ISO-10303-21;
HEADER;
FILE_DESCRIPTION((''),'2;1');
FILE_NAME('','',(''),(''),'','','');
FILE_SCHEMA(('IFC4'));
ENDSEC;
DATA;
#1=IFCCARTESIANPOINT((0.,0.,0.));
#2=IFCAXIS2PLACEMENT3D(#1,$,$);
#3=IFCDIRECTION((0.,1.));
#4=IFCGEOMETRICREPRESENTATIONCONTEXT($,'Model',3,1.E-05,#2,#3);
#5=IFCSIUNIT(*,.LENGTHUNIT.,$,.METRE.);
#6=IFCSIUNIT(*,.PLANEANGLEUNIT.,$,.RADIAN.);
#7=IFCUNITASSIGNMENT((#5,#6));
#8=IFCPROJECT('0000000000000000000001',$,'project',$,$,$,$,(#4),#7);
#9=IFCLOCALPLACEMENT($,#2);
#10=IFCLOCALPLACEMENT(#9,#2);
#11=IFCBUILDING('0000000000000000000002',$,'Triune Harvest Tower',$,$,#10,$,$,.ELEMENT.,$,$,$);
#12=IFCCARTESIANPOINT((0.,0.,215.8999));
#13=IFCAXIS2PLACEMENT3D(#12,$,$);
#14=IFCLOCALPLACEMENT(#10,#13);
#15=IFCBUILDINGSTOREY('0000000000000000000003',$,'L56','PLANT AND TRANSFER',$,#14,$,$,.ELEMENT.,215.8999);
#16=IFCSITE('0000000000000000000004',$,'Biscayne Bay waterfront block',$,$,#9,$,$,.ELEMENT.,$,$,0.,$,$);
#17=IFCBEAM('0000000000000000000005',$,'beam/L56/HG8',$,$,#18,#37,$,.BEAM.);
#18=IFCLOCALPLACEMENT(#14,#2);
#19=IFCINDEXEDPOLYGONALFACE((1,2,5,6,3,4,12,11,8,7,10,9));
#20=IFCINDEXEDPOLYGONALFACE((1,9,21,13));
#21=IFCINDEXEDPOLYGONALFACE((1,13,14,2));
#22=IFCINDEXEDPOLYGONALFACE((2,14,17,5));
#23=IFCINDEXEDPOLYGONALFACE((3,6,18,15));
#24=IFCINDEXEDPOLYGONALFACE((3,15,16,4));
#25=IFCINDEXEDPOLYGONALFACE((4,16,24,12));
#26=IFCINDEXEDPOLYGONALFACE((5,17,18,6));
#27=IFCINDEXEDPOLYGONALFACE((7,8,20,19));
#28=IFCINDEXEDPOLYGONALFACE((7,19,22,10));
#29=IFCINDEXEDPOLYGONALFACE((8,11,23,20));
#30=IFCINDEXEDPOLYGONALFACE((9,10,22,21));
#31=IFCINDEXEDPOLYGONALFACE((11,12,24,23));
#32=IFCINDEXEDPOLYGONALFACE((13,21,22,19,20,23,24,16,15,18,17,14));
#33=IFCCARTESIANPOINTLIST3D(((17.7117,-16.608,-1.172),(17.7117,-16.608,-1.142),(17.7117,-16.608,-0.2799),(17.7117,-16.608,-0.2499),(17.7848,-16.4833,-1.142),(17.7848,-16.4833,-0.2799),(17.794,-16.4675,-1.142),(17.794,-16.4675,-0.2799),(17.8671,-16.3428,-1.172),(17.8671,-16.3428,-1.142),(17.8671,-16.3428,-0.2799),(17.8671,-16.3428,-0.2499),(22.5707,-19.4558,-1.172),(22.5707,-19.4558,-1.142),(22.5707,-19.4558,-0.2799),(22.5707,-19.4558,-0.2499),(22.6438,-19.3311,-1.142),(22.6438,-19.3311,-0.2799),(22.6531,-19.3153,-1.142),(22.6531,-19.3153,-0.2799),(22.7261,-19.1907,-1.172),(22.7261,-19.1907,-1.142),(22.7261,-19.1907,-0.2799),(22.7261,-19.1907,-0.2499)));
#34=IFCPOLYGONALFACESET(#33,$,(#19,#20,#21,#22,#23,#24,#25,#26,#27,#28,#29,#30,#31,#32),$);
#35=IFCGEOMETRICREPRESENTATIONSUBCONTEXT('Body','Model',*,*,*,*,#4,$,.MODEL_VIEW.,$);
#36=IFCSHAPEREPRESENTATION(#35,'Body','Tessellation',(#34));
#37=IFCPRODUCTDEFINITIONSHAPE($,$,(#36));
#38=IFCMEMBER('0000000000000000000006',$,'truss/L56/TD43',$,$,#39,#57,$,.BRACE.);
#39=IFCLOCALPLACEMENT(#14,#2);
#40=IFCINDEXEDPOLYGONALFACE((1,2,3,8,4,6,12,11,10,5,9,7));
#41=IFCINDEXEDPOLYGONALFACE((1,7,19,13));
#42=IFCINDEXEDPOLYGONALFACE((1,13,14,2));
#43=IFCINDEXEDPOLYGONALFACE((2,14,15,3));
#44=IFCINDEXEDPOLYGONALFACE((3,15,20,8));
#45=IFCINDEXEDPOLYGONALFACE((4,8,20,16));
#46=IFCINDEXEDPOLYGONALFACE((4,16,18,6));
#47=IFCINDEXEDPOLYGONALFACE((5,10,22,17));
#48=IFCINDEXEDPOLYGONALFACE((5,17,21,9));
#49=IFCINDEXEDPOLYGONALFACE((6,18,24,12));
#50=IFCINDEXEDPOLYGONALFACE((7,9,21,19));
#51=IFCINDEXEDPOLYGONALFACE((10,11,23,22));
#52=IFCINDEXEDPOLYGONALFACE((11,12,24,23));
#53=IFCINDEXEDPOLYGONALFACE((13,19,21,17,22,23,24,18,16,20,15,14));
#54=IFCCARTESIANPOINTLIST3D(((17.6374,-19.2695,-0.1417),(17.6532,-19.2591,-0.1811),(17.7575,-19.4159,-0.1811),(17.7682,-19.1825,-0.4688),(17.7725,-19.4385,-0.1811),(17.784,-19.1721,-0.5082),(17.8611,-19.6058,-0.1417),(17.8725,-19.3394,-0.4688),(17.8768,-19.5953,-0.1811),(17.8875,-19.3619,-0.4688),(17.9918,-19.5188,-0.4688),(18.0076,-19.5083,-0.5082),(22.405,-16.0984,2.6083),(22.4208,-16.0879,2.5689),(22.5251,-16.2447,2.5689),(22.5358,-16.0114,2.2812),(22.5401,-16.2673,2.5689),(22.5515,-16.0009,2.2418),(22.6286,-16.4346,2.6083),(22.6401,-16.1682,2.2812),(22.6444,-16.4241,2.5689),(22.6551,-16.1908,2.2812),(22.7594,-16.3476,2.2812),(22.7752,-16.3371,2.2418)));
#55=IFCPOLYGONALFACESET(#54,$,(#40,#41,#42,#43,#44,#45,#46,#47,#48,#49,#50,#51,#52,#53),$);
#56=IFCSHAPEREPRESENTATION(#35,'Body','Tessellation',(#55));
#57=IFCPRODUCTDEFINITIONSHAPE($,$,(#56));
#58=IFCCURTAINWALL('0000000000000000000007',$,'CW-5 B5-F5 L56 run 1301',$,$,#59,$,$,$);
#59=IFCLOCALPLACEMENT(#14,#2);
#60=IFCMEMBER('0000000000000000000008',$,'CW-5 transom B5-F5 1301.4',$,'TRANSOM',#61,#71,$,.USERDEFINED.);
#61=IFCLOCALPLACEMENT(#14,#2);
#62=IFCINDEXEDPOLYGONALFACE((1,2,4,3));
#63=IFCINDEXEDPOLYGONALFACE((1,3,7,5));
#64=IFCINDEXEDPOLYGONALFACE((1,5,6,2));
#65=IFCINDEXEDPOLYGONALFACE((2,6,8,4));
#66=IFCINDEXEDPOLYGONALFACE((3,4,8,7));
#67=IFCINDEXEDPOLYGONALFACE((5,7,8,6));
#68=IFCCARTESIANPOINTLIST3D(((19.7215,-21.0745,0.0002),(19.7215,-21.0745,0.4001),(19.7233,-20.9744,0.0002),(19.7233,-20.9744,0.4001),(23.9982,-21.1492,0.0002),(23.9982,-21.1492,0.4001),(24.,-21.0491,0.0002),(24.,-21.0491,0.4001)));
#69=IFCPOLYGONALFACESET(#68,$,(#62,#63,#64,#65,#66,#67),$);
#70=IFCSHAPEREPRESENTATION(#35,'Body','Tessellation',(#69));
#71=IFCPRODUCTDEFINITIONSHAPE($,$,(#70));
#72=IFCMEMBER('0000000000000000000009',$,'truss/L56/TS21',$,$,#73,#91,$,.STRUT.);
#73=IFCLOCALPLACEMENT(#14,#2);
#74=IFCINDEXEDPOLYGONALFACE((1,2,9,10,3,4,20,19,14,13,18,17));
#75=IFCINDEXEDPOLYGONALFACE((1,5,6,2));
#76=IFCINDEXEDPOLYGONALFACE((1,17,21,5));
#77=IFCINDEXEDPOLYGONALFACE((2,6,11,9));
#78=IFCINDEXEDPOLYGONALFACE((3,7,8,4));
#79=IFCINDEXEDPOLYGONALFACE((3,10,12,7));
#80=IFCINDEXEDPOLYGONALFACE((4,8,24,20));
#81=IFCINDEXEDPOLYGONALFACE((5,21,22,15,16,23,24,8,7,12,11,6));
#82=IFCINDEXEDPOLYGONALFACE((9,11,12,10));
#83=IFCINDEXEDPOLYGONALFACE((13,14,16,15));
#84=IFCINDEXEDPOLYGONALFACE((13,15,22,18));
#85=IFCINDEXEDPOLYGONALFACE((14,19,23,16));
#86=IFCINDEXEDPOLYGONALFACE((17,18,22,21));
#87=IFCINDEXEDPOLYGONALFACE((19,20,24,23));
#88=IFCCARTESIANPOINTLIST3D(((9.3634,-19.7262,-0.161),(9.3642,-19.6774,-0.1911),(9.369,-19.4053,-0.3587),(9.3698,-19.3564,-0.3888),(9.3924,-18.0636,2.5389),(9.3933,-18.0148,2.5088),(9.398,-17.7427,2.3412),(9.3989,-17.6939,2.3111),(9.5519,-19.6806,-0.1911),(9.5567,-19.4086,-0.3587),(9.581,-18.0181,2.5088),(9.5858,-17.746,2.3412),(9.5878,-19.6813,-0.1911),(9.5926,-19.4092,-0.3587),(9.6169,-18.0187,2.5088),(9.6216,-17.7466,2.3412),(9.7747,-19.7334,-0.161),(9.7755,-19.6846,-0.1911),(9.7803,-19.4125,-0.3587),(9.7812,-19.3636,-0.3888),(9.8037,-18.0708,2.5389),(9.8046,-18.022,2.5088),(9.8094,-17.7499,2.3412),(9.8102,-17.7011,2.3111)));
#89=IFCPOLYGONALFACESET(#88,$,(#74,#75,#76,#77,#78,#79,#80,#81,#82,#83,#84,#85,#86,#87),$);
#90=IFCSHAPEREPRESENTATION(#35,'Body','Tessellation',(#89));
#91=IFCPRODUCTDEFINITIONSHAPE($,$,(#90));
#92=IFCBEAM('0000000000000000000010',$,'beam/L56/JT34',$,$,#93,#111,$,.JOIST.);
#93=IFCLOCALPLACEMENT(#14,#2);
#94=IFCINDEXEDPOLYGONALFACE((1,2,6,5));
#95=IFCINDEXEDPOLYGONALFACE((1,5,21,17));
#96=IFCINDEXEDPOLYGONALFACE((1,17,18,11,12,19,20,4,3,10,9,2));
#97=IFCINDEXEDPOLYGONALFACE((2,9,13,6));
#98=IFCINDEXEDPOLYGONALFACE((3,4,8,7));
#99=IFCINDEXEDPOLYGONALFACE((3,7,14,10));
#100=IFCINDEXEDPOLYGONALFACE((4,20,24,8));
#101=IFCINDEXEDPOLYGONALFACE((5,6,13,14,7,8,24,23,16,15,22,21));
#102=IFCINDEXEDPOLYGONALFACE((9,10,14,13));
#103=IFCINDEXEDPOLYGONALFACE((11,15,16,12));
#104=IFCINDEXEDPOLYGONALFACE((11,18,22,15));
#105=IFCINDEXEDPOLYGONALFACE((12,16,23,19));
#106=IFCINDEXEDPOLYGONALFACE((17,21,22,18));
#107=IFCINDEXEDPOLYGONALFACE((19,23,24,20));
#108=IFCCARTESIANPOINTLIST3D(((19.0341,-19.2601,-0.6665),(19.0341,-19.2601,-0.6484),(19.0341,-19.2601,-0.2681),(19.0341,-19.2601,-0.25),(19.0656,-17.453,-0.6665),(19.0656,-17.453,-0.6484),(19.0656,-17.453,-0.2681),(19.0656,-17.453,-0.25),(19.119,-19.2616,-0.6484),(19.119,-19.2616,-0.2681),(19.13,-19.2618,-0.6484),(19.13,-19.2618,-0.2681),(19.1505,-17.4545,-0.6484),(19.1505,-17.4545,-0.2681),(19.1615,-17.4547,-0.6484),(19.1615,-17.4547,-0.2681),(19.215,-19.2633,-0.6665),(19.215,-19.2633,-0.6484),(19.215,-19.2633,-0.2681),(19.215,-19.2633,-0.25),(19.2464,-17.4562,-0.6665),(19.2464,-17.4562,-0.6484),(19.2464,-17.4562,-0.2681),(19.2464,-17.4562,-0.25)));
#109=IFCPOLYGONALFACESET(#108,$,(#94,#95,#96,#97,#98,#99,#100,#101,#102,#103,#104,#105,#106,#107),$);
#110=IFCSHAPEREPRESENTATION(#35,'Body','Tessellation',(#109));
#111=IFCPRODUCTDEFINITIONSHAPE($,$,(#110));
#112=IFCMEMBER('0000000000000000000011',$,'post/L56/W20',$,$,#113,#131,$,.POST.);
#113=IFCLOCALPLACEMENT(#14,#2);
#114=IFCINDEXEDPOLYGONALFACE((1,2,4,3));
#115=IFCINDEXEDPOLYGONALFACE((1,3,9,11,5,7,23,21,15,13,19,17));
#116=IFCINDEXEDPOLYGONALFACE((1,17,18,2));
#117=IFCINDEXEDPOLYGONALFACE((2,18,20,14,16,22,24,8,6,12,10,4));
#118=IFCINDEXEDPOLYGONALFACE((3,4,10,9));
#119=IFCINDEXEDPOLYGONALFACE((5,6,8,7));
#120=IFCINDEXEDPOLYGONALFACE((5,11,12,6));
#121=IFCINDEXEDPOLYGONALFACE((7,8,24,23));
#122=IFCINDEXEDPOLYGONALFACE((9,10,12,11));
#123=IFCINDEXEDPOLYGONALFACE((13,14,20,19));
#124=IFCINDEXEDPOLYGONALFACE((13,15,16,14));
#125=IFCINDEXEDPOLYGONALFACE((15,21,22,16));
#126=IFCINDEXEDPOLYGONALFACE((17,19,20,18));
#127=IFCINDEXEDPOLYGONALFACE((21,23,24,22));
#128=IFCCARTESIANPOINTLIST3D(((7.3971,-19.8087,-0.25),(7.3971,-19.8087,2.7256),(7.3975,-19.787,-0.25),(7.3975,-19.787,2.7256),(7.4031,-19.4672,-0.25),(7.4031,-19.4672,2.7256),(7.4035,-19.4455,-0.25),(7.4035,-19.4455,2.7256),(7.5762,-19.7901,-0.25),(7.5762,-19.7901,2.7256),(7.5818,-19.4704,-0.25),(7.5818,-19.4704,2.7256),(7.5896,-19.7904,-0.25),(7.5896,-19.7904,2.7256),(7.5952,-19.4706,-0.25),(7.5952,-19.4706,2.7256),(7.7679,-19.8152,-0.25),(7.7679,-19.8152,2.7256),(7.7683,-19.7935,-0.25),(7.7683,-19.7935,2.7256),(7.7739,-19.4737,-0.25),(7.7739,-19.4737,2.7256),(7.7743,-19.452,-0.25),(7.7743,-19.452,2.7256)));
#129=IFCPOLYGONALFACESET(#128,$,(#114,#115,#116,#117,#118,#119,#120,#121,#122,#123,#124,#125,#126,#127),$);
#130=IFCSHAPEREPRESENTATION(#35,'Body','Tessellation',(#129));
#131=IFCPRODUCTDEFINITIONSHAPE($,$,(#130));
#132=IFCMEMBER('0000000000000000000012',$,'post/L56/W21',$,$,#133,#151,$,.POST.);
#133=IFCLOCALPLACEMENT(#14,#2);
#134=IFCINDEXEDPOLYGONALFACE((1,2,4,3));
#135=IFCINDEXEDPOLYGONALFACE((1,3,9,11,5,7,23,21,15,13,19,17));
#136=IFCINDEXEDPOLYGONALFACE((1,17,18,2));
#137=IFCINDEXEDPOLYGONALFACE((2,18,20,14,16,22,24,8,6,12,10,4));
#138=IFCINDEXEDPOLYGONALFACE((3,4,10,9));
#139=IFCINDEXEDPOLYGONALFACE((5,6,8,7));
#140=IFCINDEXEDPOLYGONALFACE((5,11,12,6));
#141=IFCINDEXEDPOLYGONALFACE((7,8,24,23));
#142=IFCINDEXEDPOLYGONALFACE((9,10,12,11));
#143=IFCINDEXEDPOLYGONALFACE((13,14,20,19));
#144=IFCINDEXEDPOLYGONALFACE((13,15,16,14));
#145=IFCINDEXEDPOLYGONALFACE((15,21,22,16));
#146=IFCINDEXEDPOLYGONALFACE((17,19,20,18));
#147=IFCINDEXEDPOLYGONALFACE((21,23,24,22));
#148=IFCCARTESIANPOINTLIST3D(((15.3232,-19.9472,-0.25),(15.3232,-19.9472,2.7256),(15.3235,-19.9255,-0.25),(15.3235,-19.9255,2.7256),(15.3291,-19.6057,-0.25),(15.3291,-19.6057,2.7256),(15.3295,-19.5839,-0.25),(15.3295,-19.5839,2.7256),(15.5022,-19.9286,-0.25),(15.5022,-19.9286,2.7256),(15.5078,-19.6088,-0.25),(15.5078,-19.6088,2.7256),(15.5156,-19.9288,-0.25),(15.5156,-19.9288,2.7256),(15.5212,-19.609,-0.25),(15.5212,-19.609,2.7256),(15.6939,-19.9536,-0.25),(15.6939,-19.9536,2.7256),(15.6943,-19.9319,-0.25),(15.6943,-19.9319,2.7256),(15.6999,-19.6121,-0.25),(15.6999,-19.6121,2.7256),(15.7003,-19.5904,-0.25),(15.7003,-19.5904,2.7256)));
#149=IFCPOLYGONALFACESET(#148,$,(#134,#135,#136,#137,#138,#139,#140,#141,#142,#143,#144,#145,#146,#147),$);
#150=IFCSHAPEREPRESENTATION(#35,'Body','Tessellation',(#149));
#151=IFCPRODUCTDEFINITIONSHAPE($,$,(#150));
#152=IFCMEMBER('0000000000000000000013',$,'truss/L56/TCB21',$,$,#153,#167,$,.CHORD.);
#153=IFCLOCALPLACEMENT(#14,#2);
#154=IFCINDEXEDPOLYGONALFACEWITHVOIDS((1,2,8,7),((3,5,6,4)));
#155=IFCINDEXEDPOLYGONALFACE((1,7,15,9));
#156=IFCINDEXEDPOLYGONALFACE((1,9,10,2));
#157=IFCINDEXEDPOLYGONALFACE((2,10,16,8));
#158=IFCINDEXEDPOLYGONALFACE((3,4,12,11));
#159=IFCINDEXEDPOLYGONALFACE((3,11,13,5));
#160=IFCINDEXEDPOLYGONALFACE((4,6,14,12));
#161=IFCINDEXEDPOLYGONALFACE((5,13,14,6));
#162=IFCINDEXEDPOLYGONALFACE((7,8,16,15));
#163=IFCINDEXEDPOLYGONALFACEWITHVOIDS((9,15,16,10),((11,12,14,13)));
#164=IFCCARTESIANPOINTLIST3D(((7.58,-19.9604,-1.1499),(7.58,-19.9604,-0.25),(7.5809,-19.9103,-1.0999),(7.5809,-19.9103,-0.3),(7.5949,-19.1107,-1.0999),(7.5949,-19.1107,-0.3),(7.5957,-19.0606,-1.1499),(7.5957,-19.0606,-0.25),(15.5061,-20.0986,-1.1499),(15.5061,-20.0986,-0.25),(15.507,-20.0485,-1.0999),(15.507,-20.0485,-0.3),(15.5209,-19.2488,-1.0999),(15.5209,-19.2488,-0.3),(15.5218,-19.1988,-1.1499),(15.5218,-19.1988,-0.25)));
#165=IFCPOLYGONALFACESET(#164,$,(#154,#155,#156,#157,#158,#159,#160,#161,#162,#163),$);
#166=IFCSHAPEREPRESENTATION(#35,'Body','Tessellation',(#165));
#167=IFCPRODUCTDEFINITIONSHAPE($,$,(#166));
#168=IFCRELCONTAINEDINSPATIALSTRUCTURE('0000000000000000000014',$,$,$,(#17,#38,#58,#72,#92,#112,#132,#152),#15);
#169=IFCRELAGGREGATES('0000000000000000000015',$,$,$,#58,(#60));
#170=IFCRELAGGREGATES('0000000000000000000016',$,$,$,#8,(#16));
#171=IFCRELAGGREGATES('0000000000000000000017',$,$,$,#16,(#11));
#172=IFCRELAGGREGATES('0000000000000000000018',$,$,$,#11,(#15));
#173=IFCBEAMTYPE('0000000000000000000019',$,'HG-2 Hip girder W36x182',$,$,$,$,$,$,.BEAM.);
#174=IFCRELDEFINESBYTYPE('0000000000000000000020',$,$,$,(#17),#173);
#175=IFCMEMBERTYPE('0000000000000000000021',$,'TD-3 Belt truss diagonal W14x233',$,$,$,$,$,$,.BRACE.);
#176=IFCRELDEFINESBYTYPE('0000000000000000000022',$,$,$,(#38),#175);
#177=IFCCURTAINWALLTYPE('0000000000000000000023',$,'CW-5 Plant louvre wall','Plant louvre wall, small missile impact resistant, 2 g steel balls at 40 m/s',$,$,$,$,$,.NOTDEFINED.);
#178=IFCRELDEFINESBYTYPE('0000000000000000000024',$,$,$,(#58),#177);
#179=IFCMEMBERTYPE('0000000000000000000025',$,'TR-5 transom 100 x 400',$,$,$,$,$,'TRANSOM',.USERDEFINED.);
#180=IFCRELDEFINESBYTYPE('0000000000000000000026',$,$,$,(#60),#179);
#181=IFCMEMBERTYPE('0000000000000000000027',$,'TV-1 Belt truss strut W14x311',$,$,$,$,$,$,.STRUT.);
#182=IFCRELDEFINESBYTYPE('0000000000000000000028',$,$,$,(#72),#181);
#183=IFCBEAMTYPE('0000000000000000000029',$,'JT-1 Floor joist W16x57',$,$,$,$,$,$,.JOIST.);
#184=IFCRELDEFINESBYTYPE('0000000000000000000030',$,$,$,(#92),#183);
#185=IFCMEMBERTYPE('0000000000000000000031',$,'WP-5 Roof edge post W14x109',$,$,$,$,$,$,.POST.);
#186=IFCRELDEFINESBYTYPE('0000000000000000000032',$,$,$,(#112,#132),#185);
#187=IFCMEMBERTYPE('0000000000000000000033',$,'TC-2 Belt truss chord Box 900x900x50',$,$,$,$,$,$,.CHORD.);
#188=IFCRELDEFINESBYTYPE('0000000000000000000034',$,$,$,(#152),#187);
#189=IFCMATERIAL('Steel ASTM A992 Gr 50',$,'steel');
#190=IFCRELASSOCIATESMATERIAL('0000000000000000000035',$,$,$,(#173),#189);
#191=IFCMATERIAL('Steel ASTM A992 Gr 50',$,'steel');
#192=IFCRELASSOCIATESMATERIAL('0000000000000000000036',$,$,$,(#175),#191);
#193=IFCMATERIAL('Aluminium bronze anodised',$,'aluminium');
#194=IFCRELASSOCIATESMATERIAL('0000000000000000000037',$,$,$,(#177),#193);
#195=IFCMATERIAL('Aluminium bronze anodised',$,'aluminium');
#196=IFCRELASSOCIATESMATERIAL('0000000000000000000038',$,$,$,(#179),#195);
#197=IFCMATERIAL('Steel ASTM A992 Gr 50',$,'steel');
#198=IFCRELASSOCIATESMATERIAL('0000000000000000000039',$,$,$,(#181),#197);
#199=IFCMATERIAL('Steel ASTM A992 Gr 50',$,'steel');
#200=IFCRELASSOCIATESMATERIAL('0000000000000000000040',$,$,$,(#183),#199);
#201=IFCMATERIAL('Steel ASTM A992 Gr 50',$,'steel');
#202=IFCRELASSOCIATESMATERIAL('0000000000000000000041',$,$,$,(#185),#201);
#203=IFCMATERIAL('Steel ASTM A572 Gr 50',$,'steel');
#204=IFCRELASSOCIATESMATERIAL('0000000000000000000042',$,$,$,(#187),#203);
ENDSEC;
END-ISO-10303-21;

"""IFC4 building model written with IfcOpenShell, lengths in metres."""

from ifc_helpers import new_model, si_unit, direction, frame, origin, origin_2d, place, context, subcontext, project, spatial, rectangle, hollow_rectangle, i_section, extrude, source, transform, mapped, material, material_profile, profile_set, type_object, element, aggregate, save


model = new_model("IFC4")

# Units and contexts
model_context = context("Model", 3, precision=1e-05, world=origin(), true_north=direction((0.0, 1.0)))
body_context = subcontext(model_context, "Body", "Model", "MODEL_VIEW")
ifc_project = project(units=[si_unit("LENGTHUNIT", "METRE"), si_unit("PLANEANGLEUNIT", "RADIAN")], contexts=[model_context])

# Site, building, storey
site_placement = place(None, origin())
site = spatial("IfcSite", under=ifc_project, at=site_placement, Name="Biscayne Bay waterfront block", CompositionType="ELEMENT", RefElevation=0.0)
building_placement = place(site_placement, origin())
building = spatial("IfcBuilding", under=site, at=building_placement, Name="Triune Harvest Tower", CompositionType="ELEMENT")
storey_placement = place(building_placement, frame((0.0, 0.0, 215.8999)))
storey = spatial("IfcBuildingStorey", under=building, at=storey_placement, Name="L56", Description="PLANT AND TRANSFER", CompositionType="ELEMENT", Elevation=215.8999)

# Beam
ifc_material_1 = material(Name="Steel ASTM A992 Gr 50", Category="steel")
ifc_material_profile_1 = material_profile(ifc_material_1, i_section(OverallWidth=0.3074, OverallDepth=0.9221, WebThickness=0.0183, FlangeThickness=0.03, at=origin_2d()), Name="W36x182")
ifc_profile_set_1 = profile_set([ifc_material_profile_1], Name="Steel ASTM A992 Gr 50")
beam_type_1 = type_object("IfcBeamType", Name="HG-2 Hip girder W36x182", PredefinedType="BEAM", material=ifc_profile_set_1)
beam_1_placement = place(storey_placement, frame((22.6484, -19.3232, -0.7109), z_axis=(-0.862741, 0.505646, 0.0), x_axis=(-0.505646, -0.862741, 0.0)))
element("IfcBeam", 1, at=beam_1_placement, inside=storey, type_object=beam_type_1, Name="beam/L56/HG8", PredefinedType="BEAM", context=body_context, shape_type="SweptSolid", body=[
    extrude(i_section(OverallWidth=0.3074, OverallDepth=0.9221, WebThickness=0.0183, FlangeThickness=0.03, at=origin_2d()), origin(), (0.0, 0.0, 1.0), 5.6321),
])

# Member
ifc_material_2 = material(Name="Steel ASTM A992 Gr 50", Category="steel")
ifc_material_profile_2 = material_profile(ifc_material_2, i_section(OverallWidth=0.4038, OverallDepth=0.4065, WebThickness=0.0271, FlangeThickness=0.0437, at=origin_2d()), Name="W14x233")
ifc_profile_set_2 = profile_set([ifc_material_profile_2], Name="Steel ASTM A992 Gr 50")
member_type_1 = type_object("IfcMemberType", Name="TD-3 Belt truss diagonal W14x233", PredefinedType="BRACE", material=ifc_profile_set_2)
member_1_placement = place(storey_placement, frame((17.8225, -19.3889, -0.325), z_axis=(0.750558, 0.499232, 0.432932), x_axis=(-0.553824, 0.832634, 0.0)))
element("IfcMember", 2, at=member_1_placement, inside=storey, type_object=member_type_1, Name="truss/L56/TD43", PredefinedType="BRACE", context=body_context, shape_type="SweptSolid", body=[
    extrude(i_section(OverallWidth=0.4038, OverallDepth=0.4065, WebThickness=0.0271, FlangeThickness=0.0437, at=origin_2d()), origin(), (0.0, 0.0, 1.0), 6.3521),
])

# Curtain wall, member
ifc_material_3 = material(Name="Aluminium bronze anodised", Category="aluminium")
curtain_wall_type = type_object("IfcCurtainWallType", Name="CW-5 Plant louvre wall", Description="Plant louvre wall, small missile impact resistant, 2 g steel balls at 40 m/s", PredefinedType="NOTDEFINED", material=ifc_material_3)
curtain_wall_placement = place(storey_placement, origin())
curtain_wall = element("IfcCurtainWall", 3, at=curtain_wall_placement, inside=storey, type_object=curtain_wall_type, Name="CW-5 B5-F5 L56 run 1301")
ifc_material_4 = material(Name="Aluminium bronze anodised", Category="aluminium")
ifc_material_profile_3 = material_profile(ifc_material_4, rectangle(XDim=0.1001, YDim=0.3999, at=origin_2d()), Name="TR-5 transom 100 x 400")
ifc_profile_set_3 = profile_set([ifc_material_profile_3], Name="Aluminium bronze anodised")
member_type_2 = type_object("IfcMemberType", Name="TR-5 transom 100 x 400", ElementType="TRANSOM", PredefinedType="USERDEFINED", material=ifc_profile_set_3)
member_2_placement = place(storey_placement, frame((19.7224, -21.0244, 0.2002), z_axis=(0.999847, -0.017466, 0.0), x_axis=(0.017466, 0.999847, 0.0)))
member_2 = element("IfcMember", 4, at=member_2_placement, type_object=member_type_2, Name="CW-5 transom B5-F5 1301.4", ObjectType="TRANSOM", PredefinedType="USERDEFINED", context=body_context, shape_type="SweptSolid", body=[
    extrude(rectangle(XDim=0.1001, YDim=0.3999, at=origin_2d()), origin(), (0.0, 0.0, 1.0), 4.2773),
])

# Member
ifc_material_5 = material(Name="Steel ASTM A992 Gr 50", Category="steel")
ifc_material_profile_4 = material_profile(ifc_material_5, i_section(OverallWidth=0.4114, OverallDepth=0.4343, WebThickness=0.0359, FlangeThickness=0.0574, at=origin_2d()), Name="W14x311")
ifc_profile_set_4 = profile_set([ifc_material_profile_4], Name="Steel ASTM A992 Gr 50")
member_type_3 = type_object("IfcMemberType", Name="TV-1 Belt truss strut W14x311", PredefinedType="STRUT", material=ifc_profile_set_4)
member_3_placement = place(storey_placement, frame((9.5723, -19.5449, -0.2749), z_axis=(0.009162, 0.524325, 0.851469), x_axis=(-0.999847, 0.017472, 0.0)))
element("IfcMember", 5, at=member_3_placement, inside=storey, type_object=member_type_3, Name="truss/L56/TS21", PredefinedType="STRUT", context=body_context, shape_type="SweptSolid", body=[
    extrude(i_section(OverallWidth=0.4114, OverallDepth=0.4343, WebThickness=0.0359, FlangeThickness=0.0574, at=origin_2d()), origin(), (0.0, 0.0, 1.0), 3.1709),
])

# Beam
ifc_material_6 = material(Name="Steel ASTM A992 Gr 50", Category="steel")
ifc_material_profile_5 = material_profile(ifc_material_6, i_section(OverallWidth=0.1809, OverallDepth=0.4165, WebThickness=0.011, FlangeThickness=0.0181, at=origin_2d()), Name="W16x57")
ifc_profile_set_5 = profile_set([ifc_material_profile_5], Name="Steel ASTM A992 Gr 50")
beam_type_2 = type_object("IfcBeamType", Name="JT-1 Floor joist W16x57", PredefinedType="JOIST", material=ifc_profile_set_5)
shared_shape_1 = source(origin(), body_context, "Body", "SweptSolid", [
    extrude(i_section(OverallWidth=0.1809, OverallDepth=0.4165, WebThickness=0.011, FlangeThickness=0.0181, at=origin_2d()), origin(), (0.0, 0.0, 1.0), 1.8074),
])
beam_2_placement = place(storey_placement, frame((19.1245, -19.2617, -0.4583), z_axis=(0.017425, 0.999848, 0.0), x_axis=(-0.999848, 0.017425, 0.0)))
element("IfcBeam", 6, at=beam_2_placement, inside=storey, type_object=beam_type_2, Name="beam/L56/JT34", PredefinedType="JOIST", context=body_context, shape_type="MappedRepresentation", body=[
    mapped(shared_shape_1, transform((0.0, 0.0, 0.0), scale=1.0)),
])

# Members
ifc_material_7 = material(Name="Steel ASTM A992 Gr 50", Category="steel")
ifc_material_profile_6 = material_profile(ifc_material_7, i_section(OverallWidth=0.3708, OverallDepth=0.3633, WebThickness=0.0134, FlangeThickness=0.0217, at=origin_2d()), Name="W14x109")
ifc_profile_set_6 = profile_set([ifc_material_profile_6], Name="Steel ASTM A992 Gr 50")
member_type_4 = type_object("IfcMemberType", Name="WP-5 Roof edge post W14x109", PredefinedType="POST", material=ifc_profile_set_6)
shared_shape_2 = source(origin(), body_context, "Body", "SweptSolid", [
    extrude(i_section(OverallWidth=0.3708, OverallDepth=0.3633, WebThickness=0.0134, FlangeThickness=0.0217, at=origin_2d()), origin(), (0.0, 0.0, 1.0), 2.9756),
])
for number, where, z_axis, x_axis, name in (
    (7, (7.5857, -19.6304, -0.25), (0.0, 0.0, 1.0), (0.999848, -0.017452, 0.0), "post/L56/W20"),
    (8, (15.5117, -19.7688, -0.25), (0.0, 0.0, 1.0), (0.999848, -0.017452, 0.0), "post/L56/W21"),
):
    element("IfcMember", number, at=place(storey_placement, frame(where, z_axis=z_axis, x_axis=x_axis)), inside=storey, type_object=member_type_4, Name=name, PredefinedType="POST", context=body_context, shape_type="MappedRepresentation", body=[
        mapped(shared_shape_2, transform((0.0, 0.0, 0.0), scale=1.0)),
    ])
ifc_material_8 = material(Name="Steel ASTM A572 Gr 50", Category="steel")
ifc_material_profile_7 = material_profile(ifc_material_8, hollow_rectangle(XDim=0.8999, YDim=0.8999, WallThickness=0.05, at=origin_2d()), Name="Box 900x900x50")
ifc_profile_set_7 = profile_set([ifc_material_profile_7], Name="Steel ASTM A572 Gr 50")
member_type_5 = type_object("IfcMemberType", Name="TC-2 Belt truss chord Box 900x900x50", PredefinedType="CHORD", material=ifc_profile_set_7)
shared_shape_3 = source(origin(), body_context, "Body", "SweptSolid", [
    extrude(hollow_rectangle(XDim=0.8999, YDim=0.8999, WallThickness=0.05, at=origin_2d()), origin(), (0.0, 0.0, 1.0), 7.9272),
])
for number, where, z_axis, x_axis, name in (
    (9, (7.5879, -19.5105, -0.7), (0.999848, -0.017432, 0.0), (0.017432, 0.999848, 0.0), "truss/L56/TCB21"),
):
    element("IfcMember", number, at=place(storey_placement, frame(where, z_axis=z_axis, x_axis=x_axis)), inside=storey, type_object=member_type_5, Name=name, PredefinedType="CHORD", context=body_context, shape_type="MappedRepresentation", body=[
        mapped(shared_shape_3, transform((0.0, 0.0, 0.0), scale=1.0)),
    ])

aggregate(curtain_wall, [member_2])

save(model, "model.ifc")
